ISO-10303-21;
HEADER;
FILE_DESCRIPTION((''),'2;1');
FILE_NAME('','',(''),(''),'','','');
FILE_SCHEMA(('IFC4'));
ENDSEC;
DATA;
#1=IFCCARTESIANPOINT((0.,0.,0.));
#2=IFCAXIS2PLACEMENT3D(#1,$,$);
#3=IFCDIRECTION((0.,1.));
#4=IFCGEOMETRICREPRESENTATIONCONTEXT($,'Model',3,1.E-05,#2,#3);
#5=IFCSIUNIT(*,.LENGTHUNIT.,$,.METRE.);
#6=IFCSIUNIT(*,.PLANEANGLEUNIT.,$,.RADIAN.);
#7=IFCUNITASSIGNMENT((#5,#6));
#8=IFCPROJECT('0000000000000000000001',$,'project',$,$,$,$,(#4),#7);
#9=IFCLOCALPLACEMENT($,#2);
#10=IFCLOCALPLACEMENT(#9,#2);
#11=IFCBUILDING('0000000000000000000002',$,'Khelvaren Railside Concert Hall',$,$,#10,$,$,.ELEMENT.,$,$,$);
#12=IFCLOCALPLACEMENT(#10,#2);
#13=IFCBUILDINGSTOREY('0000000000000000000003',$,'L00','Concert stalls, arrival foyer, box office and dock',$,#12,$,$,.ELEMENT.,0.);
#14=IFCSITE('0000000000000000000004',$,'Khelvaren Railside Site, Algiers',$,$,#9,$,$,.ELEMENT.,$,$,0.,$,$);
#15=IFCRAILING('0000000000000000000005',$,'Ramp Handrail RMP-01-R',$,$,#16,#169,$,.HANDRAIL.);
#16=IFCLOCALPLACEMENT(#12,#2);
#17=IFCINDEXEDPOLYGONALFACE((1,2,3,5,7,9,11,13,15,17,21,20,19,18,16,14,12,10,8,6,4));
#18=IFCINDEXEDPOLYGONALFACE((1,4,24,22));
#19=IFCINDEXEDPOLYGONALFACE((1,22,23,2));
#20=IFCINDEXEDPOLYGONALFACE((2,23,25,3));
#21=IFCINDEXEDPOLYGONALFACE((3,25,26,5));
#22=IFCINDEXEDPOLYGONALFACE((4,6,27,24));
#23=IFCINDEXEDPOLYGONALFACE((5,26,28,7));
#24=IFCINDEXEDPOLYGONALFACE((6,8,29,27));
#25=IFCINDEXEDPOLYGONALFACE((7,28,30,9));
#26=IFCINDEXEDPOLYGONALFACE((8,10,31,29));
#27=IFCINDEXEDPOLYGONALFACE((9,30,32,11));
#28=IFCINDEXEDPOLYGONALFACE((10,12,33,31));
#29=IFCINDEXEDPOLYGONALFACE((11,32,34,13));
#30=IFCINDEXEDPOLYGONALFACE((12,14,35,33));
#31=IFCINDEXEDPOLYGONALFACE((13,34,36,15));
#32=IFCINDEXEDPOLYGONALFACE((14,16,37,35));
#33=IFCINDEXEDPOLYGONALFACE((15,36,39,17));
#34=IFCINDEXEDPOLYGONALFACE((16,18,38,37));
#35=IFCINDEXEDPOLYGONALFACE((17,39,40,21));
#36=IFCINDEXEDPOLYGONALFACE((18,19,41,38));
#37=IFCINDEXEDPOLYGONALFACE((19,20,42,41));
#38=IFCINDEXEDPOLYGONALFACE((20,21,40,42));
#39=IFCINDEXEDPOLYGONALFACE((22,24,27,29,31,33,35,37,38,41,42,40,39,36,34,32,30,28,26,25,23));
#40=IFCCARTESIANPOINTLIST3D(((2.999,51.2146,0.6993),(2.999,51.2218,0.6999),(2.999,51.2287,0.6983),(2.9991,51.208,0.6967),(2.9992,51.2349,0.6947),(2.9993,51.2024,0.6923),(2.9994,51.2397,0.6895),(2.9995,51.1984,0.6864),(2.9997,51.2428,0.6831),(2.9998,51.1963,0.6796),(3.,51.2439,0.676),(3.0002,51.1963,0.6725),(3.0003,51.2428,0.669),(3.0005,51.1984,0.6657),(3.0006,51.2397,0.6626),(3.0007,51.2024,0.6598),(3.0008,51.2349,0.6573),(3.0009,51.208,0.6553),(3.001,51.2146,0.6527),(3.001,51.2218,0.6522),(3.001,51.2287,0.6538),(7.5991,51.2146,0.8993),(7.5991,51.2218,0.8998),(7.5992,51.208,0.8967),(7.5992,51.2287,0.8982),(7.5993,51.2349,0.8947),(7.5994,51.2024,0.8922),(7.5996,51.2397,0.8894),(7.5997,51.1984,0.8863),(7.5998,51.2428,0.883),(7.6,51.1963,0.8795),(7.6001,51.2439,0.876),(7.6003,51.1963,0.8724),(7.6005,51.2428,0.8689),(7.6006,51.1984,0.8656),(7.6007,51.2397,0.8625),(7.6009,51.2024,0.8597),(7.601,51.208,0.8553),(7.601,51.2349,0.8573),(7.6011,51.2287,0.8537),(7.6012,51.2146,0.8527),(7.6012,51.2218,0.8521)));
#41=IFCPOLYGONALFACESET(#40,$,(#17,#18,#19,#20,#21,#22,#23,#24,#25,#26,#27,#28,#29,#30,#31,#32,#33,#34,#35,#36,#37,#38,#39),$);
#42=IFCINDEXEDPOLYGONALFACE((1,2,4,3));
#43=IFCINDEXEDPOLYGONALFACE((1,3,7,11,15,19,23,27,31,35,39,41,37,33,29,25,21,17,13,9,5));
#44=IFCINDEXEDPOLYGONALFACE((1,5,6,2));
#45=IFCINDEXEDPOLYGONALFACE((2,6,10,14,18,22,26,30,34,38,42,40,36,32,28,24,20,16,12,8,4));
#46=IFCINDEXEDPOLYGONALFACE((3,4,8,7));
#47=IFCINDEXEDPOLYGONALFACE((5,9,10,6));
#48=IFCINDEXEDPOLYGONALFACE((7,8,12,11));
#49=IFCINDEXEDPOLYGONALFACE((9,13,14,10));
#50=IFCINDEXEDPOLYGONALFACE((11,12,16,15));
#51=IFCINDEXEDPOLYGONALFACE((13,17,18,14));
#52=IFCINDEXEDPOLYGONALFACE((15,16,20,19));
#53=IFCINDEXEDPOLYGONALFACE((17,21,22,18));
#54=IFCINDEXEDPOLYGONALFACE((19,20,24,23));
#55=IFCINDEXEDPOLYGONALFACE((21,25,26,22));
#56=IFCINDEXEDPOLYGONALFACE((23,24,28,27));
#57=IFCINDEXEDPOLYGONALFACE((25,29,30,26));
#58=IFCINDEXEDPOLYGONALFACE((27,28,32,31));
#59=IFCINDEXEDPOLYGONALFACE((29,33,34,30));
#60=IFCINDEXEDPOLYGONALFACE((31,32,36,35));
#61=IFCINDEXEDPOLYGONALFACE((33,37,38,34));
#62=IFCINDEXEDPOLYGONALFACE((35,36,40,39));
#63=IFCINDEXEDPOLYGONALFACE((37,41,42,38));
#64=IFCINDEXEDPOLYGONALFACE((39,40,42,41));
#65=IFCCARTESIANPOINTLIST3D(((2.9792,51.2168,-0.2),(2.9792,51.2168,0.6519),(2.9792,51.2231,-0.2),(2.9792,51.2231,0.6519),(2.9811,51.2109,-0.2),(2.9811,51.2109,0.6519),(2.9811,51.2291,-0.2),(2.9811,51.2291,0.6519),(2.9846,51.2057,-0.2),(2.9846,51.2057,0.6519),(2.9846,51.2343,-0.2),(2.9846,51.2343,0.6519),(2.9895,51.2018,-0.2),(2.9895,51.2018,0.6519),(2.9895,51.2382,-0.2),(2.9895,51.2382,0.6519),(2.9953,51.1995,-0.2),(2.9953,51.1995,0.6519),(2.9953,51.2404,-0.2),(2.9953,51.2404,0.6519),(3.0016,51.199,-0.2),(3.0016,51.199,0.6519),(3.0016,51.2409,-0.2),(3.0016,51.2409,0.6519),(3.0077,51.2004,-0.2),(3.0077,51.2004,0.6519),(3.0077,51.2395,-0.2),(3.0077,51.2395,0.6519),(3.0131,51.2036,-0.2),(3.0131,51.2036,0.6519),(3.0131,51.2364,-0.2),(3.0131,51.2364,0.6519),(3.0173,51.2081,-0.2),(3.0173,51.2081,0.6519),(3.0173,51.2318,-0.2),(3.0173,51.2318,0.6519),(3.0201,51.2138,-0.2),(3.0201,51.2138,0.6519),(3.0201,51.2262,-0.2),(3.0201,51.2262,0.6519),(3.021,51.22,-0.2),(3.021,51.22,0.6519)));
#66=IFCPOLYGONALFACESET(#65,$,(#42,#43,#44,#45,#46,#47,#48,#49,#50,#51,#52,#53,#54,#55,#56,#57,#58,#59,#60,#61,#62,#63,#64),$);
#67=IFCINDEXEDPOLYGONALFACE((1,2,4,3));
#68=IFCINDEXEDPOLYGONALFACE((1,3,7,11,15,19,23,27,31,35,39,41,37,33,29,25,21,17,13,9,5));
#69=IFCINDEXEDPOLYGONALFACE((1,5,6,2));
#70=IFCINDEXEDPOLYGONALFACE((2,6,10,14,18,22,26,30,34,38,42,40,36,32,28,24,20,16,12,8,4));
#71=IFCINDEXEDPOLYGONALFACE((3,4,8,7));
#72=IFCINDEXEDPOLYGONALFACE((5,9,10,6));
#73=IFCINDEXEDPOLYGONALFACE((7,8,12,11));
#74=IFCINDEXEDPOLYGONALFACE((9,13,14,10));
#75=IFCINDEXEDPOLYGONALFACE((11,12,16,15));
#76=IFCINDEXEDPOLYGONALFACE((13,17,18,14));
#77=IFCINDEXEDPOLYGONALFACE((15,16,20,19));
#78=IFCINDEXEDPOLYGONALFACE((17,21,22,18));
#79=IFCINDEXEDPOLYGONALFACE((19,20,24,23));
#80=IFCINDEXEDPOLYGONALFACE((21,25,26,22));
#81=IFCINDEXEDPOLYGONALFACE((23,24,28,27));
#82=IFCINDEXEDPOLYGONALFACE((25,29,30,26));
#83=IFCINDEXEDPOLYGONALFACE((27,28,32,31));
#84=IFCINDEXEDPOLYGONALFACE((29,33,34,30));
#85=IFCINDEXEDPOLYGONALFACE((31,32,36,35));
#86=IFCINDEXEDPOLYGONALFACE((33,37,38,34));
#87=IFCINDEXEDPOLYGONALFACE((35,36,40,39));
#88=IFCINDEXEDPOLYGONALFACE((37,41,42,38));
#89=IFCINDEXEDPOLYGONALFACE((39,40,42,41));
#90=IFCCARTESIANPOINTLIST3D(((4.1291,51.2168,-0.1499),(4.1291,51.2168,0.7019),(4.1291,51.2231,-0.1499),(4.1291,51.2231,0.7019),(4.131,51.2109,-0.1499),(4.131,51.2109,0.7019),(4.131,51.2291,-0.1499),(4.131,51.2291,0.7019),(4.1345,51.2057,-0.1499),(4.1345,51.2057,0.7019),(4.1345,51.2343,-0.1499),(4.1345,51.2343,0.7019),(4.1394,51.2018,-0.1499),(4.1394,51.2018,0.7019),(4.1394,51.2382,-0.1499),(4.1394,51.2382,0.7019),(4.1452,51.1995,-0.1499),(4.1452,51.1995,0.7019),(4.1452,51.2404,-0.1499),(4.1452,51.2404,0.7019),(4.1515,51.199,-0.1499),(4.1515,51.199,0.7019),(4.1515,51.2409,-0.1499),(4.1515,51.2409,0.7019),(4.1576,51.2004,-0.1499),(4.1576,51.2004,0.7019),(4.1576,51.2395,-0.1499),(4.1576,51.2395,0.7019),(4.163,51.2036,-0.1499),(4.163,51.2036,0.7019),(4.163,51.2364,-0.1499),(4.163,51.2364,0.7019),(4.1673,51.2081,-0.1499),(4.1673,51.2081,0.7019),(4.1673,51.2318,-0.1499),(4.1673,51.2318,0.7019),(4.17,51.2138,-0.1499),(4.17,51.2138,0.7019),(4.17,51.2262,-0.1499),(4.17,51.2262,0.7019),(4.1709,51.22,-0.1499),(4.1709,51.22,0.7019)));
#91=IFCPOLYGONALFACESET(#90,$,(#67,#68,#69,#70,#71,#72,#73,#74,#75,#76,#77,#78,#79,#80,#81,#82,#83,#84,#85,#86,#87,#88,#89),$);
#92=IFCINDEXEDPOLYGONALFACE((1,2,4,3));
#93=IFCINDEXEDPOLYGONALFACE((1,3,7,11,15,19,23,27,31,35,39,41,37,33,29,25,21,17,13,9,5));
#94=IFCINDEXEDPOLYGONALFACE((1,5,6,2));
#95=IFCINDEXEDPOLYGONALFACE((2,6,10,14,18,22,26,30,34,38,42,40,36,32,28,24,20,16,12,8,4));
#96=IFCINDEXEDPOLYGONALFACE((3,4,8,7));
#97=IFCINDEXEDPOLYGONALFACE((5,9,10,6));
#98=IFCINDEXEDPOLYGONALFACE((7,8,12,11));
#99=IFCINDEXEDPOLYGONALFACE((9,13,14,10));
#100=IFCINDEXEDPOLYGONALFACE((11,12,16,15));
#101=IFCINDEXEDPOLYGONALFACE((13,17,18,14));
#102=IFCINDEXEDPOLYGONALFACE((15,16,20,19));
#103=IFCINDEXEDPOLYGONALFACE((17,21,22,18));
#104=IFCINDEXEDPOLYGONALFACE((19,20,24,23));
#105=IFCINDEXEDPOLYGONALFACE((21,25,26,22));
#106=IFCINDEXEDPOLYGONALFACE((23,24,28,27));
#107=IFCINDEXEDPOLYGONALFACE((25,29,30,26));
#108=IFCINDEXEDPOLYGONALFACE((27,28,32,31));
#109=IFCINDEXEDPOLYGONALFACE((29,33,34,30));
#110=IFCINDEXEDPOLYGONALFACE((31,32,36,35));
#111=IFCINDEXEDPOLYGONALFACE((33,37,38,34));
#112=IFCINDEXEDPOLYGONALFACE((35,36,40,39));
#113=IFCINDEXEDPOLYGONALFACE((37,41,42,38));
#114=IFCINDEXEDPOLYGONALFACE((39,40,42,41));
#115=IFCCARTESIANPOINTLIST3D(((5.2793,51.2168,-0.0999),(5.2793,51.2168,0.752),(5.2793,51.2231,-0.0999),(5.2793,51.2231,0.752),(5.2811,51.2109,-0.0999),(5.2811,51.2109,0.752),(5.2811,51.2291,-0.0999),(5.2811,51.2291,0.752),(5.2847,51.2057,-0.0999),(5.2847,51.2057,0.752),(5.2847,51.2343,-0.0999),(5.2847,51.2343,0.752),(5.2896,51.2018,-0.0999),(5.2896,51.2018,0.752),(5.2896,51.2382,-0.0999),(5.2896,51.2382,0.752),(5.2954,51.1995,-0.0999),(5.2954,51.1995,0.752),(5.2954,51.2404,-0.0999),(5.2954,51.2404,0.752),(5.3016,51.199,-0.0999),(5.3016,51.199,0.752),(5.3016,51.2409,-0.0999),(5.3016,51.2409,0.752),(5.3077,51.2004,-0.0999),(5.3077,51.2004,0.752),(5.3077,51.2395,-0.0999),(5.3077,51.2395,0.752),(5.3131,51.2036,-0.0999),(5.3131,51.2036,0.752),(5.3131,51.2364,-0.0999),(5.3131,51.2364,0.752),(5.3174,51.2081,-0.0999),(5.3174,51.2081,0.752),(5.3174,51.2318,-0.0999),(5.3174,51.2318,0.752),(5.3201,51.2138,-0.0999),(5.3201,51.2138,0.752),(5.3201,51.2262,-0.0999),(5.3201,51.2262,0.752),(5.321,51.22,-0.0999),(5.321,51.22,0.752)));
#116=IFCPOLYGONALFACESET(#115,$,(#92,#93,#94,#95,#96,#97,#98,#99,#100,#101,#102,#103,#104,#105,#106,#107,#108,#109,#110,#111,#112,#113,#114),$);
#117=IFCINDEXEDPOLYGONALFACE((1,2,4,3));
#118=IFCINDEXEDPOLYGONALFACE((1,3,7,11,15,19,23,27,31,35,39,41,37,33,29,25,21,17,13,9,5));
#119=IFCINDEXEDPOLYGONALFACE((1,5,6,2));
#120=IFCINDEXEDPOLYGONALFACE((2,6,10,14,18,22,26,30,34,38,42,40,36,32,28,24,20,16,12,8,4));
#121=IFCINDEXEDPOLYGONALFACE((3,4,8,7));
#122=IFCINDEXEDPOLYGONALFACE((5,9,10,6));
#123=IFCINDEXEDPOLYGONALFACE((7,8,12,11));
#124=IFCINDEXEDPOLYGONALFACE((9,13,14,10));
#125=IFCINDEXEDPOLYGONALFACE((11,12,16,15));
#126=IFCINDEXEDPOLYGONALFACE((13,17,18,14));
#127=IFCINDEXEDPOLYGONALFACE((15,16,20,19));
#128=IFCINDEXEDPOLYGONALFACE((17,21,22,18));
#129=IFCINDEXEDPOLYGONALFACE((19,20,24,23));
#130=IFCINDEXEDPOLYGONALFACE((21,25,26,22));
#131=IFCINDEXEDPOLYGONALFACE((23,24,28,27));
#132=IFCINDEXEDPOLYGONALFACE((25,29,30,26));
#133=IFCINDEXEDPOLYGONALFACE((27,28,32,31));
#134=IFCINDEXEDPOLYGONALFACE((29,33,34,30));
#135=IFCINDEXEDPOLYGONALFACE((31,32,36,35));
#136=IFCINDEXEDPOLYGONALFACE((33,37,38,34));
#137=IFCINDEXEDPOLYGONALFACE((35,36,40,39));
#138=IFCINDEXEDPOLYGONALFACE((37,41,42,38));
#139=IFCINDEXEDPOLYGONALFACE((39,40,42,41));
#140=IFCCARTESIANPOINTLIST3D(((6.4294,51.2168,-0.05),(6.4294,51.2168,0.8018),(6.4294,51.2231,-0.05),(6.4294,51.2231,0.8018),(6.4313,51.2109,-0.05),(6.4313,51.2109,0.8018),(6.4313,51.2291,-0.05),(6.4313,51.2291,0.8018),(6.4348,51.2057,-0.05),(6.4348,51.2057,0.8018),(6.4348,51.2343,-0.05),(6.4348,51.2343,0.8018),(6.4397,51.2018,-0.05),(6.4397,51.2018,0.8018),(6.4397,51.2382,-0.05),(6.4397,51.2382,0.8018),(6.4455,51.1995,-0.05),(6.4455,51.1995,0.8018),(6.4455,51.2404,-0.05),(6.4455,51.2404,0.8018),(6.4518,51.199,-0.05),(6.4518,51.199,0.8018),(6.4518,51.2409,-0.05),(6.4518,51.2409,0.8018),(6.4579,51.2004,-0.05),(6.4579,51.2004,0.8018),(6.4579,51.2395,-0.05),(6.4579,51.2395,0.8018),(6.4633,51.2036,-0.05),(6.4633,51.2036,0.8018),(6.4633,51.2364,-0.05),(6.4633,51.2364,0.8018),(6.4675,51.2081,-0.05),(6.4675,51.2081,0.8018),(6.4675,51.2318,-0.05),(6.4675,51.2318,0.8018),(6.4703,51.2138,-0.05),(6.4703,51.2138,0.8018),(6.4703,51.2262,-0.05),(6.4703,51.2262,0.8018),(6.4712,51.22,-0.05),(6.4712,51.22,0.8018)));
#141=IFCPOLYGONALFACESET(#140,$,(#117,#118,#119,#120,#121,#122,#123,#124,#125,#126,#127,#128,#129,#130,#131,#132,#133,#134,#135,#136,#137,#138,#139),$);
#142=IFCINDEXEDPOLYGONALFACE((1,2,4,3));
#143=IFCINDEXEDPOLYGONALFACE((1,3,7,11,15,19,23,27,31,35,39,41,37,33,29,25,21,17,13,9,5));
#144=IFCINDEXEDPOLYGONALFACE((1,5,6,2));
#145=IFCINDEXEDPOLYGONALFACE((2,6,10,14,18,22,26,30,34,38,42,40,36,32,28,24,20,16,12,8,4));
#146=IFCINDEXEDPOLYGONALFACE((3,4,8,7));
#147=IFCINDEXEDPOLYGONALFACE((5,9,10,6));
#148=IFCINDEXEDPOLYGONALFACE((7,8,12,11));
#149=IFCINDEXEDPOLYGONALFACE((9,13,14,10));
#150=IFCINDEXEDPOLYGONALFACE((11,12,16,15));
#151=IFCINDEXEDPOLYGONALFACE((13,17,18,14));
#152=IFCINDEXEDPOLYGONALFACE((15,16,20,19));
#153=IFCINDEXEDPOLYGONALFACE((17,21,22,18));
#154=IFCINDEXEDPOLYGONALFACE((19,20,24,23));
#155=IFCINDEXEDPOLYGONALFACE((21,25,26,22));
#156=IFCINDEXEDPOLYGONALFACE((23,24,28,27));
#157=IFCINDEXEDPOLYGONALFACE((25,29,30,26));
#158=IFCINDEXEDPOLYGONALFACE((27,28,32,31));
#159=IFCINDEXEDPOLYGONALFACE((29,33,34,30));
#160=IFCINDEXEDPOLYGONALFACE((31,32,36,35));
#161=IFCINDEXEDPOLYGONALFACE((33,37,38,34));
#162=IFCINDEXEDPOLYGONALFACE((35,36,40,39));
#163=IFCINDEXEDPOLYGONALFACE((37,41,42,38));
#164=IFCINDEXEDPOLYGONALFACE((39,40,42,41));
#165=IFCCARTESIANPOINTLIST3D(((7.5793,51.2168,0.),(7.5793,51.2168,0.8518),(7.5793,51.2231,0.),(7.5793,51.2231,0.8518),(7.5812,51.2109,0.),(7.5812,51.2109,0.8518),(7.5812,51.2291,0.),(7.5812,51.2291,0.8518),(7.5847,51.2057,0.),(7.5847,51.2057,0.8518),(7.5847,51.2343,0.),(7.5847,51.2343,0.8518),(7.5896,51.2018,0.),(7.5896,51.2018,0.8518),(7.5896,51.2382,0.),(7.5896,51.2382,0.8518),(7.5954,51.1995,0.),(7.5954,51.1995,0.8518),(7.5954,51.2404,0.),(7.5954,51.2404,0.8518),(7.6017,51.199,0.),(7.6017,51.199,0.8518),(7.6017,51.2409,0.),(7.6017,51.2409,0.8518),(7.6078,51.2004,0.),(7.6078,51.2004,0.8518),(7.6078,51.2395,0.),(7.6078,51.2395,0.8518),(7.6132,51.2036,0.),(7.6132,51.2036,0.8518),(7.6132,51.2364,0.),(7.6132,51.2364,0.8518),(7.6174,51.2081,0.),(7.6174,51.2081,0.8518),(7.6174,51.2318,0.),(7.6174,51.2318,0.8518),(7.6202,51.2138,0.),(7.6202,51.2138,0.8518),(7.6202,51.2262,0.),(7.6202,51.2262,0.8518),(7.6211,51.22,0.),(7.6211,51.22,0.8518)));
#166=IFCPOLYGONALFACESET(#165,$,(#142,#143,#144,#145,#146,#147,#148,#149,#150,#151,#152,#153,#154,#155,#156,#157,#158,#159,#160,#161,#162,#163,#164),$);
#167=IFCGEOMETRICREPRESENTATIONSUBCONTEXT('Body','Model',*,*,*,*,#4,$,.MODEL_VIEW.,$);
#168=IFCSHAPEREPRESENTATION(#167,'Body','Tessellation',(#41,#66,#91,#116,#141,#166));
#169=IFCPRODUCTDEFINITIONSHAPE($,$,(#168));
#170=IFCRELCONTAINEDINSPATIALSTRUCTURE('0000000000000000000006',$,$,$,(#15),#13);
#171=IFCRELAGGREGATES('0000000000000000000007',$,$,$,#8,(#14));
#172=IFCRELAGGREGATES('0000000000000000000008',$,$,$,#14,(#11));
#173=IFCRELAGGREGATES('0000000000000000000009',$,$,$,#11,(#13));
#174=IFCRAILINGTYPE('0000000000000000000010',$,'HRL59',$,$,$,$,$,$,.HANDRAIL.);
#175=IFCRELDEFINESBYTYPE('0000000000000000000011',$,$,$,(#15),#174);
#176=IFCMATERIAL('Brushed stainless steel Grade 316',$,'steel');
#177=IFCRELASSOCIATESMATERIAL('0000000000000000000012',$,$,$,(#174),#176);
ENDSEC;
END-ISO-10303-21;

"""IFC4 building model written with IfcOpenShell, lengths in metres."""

from ifc_helpers import new_model, si_unit, direction, frame, origin, origin_2d, place, context, subcontext, project, spatial, circle, extrude, material, type_object, element, save


model = new_model("IFC4")

# Units and contexts
model_context = context("Model", 3, precision=1e-05, world=origin(), true_north=direction((0.0, 1.0)))
body_context = subcontext(model_context, "Body", "Model", "MODEL_VIEW")
ifc_project = project(units=[si_unit("LENGTHUNIT", "METRE"), si_unit("PLANEANGLEUNIT", "RADIAN")], contexts=[model_context])

# Site, building, storey
site_placement = place(None, origin())
site = spatial("IfcSite", under=ifc_project, at=site_placement, Name="Khelvaren Railside Site, Algiers", CompositionType="ELEMENT", RefElevation=0.0)
building_placement = place(site_placement, origin())
building = spatial("IfcBuilding", under=site, at=building_placement, Name="Khelvaren Railside Concert Hall", CompositionType="ELEMENT")
storey_placement = place(building_placement, origin())
storey = spatial("IfcBuildingStorey", under=building, at=storey_placement, Name="L00", Description="Concert stalls, arrival foyer, box office and dock", CompositionType="ELEMENT", Elevation=0.0)

# Railing
ifc_material_1 = material(Name="Brushed stainless steel Grade 316", Category="steel")
railing_type_1 = type_object("IfcRailingType", Name="HRL59", PredefinedType="HANDRAIL", material=ifc_material_1)
for number, where, name in (
    (1, (3.0, 51.22, -0.2), "Ramp Handrail RMP-01-R"),
):
    element("IfcRailing", number, at=place(storey_placement, frame(where)), inside=storey, type_object=railing_type_1, Name=name, PredefinedType="HANDRAIL", context=body_context, shape_type="SweptSolid", body=[
        extrude(circle(Radius=0.0239, at=origin_2d()), frame((0.0, 0.0, 0.876), z_axis=(0.999057, 0.0, 0.043426), x_axis=(0.0, 1.0, 0.0)), (0.0, 0.0, 1.0), 4.6045),
        extrude(circle(Radius=0.021, at=origin_2d()), origin(), (0.0, 0.0, 1.0), 0.8518),
        extrude(circle(Radius=0.021, at=origin_2d()), frame((1.1499, 0.0, 0.05)), (0.0, 0.0, 1.0), 0.8518),
        extrude(circle(Radius=0.021, at=origin_2d()), frame((2.3, 0.0, 0.1001)), (0.0, 0.0, 1.0), 0.8518),
        extrude(circle(Radius=0.021, at=origin_2d()), frame((3.4502, 0.0, 0.1499)), (0.0, 0.0, 1.0), 0.8518),
        extrude(circle(Radius=0.021, at=origin_2d()), frame((4.6001, 0.0, 0.2)), (0.0, 0.0, 1.0), 0.8518),
    ])

save(model, "model.ifc")
